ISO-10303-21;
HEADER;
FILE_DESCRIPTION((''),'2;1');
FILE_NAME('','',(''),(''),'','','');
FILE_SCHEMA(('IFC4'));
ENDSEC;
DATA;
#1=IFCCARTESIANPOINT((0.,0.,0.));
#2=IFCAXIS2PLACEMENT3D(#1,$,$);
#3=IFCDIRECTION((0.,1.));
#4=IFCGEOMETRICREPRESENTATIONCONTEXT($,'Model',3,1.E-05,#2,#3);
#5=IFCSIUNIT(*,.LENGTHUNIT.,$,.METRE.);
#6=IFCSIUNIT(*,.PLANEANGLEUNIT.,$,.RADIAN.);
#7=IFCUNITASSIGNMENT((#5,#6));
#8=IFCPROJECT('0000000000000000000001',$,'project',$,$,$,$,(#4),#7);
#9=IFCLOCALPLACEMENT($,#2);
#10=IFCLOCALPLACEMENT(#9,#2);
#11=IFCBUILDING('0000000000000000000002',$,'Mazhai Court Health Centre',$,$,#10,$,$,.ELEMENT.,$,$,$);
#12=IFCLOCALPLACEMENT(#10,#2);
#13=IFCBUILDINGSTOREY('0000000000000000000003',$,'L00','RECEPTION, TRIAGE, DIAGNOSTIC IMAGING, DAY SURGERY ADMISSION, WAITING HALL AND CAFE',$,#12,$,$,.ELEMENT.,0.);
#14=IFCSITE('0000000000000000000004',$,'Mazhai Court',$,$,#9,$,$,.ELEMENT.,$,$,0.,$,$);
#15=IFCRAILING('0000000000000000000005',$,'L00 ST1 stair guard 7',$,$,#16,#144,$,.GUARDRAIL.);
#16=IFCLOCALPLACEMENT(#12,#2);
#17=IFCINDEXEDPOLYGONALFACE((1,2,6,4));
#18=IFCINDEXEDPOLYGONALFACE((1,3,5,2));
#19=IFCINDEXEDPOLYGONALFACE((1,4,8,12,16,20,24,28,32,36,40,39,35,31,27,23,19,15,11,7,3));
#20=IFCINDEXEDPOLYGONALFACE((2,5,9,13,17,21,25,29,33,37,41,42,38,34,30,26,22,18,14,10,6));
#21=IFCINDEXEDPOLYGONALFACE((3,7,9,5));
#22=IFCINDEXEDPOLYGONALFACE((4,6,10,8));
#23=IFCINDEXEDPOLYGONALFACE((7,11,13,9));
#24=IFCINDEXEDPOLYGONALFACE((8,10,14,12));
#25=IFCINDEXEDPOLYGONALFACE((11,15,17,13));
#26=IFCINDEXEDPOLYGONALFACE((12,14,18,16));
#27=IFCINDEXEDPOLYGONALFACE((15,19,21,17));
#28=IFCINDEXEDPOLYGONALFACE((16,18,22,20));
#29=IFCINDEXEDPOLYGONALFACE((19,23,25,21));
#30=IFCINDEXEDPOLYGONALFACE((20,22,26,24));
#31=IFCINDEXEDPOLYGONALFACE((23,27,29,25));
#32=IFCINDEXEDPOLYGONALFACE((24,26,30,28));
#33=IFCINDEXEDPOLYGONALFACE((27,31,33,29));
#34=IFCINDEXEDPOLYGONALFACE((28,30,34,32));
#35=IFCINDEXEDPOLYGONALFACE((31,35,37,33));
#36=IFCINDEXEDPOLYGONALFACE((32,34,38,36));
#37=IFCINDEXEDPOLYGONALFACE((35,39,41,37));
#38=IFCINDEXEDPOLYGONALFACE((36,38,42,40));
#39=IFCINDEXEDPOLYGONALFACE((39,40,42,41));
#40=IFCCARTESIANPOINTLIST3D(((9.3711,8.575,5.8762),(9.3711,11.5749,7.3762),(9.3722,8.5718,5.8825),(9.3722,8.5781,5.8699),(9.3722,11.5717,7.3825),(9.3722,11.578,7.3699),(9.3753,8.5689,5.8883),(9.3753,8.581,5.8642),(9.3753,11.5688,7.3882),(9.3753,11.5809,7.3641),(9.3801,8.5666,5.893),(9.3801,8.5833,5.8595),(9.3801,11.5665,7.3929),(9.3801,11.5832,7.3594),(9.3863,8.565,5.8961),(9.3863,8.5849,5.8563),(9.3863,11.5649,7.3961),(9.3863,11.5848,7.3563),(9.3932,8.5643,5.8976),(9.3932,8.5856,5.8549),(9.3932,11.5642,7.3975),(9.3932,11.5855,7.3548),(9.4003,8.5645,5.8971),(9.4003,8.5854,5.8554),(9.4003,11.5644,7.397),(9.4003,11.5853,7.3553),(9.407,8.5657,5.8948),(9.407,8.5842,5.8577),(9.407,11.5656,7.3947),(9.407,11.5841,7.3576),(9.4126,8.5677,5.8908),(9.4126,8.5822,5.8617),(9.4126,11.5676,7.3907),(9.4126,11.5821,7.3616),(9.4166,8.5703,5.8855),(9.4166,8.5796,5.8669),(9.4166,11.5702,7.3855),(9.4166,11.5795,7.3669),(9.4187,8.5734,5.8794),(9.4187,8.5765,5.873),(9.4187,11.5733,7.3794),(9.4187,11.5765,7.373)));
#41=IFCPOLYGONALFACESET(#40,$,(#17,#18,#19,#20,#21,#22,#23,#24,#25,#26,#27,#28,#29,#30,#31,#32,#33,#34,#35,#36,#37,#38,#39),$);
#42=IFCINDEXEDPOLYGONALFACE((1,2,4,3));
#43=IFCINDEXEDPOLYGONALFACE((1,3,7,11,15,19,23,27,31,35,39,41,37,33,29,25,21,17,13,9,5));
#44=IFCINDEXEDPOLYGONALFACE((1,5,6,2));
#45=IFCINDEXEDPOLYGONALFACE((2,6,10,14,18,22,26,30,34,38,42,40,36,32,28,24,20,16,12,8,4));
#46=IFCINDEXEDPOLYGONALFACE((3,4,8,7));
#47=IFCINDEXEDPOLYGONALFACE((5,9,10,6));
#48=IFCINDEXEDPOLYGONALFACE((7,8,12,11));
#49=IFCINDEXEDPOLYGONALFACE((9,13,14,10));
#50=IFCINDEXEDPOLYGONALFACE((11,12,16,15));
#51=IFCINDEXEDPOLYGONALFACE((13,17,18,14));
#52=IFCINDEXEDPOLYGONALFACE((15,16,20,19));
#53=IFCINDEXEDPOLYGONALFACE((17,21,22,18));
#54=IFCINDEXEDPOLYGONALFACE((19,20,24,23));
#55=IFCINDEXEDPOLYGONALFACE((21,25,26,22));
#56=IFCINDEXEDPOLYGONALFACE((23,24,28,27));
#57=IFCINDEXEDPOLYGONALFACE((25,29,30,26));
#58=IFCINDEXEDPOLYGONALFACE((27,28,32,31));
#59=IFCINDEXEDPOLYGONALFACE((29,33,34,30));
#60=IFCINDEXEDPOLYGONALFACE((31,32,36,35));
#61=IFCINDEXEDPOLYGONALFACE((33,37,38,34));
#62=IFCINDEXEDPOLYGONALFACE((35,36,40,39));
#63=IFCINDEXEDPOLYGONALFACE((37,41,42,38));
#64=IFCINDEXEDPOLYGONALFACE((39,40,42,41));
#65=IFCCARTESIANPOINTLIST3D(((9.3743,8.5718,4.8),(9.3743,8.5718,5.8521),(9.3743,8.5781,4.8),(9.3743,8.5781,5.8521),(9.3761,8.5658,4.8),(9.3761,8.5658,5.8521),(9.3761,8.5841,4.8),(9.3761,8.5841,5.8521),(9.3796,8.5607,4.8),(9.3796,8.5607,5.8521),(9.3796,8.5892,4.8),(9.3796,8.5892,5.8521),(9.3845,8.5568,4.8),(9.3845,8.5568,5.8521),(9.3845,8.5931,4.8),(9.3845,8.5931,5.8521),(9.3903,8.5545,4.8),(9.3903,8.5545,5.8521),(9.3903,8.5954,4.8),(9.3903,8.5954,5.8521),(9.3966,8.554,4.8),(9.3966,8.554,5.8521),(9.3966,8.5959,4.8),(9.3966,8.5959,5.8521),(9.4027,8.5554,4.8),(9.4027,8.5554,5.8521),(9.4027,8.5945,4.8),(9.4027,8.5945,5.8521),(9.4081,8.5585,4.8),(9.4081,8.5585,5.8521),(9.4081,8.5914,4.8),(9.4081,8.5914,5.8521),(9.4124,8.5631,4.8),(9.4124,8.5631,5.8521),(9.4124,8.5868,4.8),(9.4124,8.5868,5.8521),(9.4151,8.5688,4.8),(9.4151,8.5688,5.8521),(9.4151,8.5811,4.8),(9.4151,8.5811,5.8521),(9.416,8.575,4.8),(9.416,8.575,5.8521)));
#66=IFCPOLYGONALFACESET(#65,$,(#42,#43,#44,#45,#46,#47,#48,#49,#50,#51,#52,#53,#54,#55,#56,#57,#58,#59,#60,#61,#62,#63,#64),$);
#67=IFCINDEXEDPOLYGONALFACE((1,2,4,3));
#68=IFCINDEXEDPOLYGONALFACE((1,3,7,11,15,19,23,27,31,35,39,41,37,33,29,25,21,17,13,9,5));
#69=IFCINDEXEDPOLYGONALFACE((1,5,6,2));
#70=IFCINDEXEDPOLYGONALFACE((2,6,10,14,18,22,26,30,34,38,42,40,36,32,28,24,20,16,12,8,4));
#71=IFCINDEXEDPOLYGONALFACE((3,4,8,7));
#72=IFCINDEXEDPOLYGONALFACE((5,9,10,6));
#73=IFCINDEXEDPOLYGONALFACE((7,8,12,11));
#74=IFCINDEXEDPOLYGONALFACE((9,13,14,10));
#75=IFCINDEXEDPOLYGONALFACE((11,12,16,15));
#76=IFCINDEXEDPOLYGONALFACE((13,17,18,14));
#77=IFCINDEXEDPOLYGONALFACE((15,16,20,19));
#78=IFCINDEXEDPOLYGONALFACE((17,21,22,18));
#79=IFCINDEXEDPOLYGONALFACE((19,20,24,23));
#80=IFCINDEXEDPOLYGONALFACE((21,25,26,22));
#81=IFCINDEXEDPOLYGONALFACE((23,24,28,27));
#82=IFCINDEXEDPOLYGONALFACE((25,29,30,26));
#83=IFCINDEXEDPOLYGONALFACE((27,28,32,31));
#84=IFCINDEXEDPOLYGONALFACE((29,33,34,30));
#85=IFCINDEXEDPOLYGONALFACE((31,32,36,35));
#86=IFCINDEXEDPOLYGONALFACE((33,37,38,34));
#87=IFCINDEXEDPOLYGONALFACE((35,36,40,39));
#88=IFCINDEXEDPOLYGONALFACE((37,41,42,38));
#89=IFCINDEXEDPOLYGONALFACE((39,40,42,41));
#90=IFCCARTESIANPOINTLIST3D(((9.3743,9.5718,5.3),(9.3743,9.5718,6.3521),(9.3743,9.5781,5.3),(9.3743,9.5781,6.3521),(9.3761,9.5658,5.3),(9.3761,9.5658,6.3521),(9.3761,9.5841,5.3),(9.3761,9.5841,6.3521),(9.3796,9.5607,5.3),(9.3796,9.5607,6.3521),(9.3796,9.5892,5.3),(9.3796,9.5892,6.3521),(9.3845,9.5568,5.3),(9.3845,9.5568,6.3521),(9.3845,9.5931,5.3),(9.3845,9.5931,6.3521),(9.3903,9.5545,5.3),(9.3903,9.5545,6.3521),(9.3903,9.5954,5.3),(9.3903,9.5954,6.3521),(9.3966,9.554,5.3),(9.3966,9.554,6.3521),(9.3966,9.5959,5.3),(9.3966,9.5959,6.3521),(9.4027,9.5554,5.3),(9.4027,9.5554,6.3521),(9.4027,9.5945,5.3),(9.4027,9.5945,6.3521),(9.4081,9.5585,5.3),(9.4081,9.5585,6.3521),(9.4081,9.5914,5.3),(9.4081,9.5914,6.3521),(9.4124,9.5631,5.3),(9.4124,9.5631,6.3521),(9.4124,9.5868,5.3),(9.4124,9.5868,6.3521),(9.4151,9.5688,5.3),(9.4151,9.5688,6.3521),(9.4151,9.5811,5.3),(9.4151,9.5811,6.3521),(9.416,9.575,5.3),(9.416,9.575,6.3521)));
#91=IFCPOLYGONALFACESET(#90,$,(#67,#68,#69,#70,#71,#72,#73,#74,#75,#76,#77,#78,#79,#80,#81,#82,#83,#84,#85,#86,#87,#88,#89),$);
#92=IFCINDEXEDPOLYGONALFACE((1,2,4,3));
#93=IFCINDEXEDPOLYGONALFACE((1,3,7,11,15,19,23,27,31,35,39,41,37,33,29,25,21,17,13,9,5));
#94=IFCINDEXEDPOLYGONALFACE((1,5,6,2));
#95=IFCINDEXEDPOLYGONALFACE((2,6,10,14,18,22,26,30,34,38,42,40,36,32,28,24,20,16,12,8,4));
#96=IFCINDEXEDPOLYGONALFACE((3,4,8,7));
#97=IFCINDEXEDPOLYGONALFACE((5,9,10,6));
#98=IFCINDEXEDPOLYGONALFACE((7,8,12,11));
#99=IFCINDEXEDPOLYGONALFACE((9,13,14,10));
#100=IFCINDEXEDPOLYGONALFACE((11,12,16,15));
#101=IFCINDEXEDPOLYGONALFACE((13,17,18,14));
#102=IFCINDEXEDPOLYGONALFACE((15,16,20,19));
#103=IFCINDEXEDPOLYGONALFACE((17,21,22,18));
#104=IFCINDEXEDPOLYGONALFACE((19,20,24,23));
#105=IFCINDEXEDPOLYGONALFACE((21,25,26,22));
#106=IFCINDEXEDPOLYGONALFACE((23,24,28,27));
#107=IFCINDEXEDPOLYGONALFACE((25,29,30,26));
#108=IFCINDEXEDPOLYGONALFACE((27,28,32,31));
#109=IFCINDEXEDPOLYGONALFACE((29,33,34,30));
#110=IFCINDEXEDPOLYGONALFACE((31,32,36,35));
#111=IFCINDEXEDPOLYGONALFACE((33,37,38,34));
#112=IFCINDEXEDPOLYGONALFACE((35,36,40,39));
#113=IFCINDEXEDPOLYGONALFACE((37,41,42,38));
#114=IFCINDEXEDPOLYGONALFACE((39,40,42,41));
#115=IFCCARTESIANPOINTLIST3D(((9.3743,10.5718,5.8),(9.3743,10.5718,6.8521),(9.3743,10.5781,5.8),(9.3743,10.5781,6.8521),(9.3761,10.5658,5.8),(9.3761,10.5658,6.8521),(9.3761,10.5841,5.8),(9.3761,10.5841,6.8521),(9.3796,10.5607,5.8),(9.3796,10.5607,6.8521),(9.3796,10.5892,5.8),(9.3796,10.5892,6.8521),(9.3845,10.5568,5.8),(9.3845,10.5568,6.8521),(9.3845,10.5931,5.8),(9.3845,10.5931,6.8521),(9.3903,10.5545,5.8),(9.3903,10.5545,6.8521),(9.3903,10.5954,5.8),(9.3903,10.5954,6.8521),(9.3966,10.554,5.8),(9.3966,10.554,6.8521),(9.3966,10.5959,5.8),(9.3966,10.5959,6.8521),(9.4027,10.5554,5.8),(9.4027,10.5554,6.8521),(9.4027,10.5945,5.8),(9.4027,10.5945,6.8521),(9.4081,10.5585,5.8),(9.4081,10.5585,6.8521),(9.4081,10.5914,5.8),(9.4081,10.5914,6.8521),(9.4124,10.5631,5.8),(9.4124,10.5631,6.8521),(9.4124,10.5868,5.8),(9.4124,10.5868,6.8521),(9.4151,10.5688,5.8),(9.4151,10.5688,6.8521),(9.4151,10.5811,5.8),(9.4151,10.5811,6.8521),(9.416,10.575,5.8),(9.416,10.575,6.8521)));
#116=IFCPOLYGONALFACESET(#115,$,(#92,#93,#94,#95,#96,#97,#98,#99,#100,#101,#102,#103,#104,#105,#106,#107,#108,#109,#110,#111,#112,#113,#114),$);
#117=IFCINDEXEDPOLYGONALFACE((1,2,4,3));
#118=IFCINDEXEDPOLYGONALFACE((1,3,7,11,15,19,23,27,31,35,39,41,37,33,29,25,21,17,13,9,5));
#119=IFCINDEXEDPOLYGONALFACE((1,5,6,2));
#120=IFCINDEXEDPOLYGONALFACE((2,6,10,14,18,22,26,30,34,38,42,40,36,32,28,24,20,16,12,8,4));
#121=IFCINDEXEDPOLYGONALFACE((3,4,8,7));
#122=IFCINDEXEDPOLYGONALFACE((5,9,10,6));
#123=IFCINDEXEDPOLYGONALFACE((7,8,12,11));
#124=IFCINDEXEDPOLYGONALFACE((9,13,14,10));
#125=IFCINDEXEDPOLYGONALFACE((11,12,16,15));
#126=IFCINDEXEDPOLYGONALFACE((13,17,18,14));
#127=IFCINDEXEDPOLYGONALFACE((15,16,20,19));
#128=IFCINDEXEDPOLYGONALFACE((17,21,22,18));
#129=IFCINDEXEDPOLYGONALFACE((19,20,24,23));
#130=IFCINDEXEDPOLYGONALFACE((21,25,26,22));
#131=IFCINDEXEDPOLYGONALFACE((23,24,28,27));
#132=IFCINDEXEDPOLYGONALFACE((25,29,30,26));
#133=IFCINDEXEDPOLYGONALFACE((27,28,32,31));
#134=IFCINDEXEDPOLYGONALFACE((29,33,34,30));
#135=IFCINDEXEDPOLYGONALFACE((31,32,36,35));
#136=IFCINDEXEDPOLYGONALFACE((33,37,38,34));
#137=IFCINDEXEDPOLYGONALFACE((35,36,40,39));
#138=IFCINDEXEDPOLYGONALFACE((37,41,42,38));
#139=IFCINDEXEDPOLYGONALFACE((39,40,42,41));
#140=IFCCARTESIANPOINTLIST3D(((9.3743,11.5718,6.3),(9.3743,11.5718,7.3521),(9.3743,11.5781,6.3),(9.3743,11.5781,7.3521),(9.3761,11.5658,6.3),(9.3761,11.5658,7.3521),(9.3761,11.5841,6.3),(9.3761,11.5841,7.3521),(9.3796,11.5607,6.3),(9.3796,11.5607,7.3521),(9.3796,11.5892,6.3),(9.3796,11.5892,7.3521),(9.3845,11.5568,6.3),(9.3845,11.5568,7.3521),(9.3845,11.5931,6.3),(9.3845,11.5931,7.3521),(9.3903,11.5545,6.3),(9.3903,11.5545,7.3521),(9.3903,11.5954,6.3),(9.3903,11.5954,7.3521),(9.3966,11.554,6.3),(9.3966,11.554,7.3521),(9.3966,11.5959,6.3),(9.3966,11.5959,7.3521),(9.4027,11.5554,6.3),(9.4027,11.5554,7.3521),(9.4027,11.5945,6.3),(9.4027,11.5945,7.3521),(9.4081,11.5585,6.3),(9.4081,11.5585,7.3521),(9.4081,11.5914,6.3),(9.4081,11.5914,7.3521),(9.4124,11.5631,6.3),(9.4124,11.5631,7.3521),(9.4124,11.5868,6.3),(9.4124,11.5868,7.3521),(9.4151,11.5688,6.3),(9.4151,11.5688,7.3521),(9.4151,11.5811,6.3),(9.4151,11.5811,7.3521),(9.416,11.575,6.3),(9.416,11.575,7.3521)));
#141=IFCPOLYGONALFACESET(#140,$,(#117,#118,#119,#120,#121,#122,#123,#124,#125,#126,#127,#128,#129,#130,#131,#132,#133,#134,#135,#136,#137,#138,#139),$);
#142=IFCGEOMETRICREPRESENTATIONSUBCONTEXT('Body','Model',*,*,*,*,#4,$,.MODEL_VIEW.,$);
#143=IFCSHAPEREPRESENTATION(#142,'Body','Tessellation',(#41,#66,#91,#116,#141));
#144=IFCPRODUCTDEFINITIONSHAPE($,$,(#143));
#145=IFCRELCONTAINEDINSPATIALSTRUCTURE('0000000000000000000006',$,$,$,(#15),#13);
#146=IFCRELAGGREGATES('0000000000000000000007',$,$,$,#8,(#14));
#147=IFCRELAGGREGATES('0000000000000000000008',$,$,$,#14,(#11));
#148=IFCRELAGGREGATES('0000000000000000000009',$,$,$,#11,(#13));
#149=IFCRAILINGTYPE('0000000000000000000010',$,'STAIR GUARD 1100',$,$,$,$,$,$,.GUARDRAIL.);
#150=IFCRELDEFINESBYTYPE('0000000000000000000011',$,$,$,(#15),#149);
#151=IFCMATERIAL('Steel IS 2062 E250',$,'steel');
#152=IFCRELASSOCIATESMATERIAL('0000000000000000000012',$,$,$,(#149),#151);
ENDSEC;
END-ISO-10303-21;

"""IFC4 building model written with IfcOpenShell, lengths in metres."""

from ifc_helpers import new_model, si_unit, direction, frame, origin, origin_2d, place, context, subcontext, project, spatial, circle, extrude, material, type_object, element, save


model = new_model("IFC4")

# Units and contexts
model_context = context("Model", 3, precision=1e-05, world=origin(), true_north=direction((0.0, 1.0)))
body_context = subcontext(model_context, "Body", "Model", "MODEL_VIEW")
ifc_project = project(units=[si_unit("LENGTHUNIT", "METRE"), si_unit("PLANEANGLEUNIT", "RADIAN")], contexts=[model_context])

# Site, building, storey
site_placement = place(None, origin())
site = spatial("IfcSite", under=ifc_project, at=site_placement, Name="Mazhai Court", CompositionType="ELEMENT", RefElevation=0.0)
building_placement = place(site_placement, origin())
building = spatial("IfcBuilding", under=site, at=building_placement, Name="Mazhai Court Health Centre", CompositionType="ELEMENT")
storey_placement = place(building_placement, origin())
storey = spatial("IfcBuildingStorey", under=building, at=storey_placement, Name="L00", Description="RECEPTION, TRIAGE, DIAGNOSTIC IMAGING, DAY SURGERY ADMISSION, WAITING HALL AND CAFE", CompositionType="ELEMENT", Elevation=0.0)

# Railing
ifc_material_1 = material(Name="Steel IS 2062 E250", Category="steel")
railing_type_1 = type_object("IfcRailingType", Name="STAIR GUARD 1100", PredefinedType="GUARDRAIL", material=ifc_material_1)
railing_1_placement = place(storey_placement, frame((9.395, 8.575, 4.8)))
element("IfcRailing", 1, at=railing_1_placement, inside=storey, type_object=railing_type_1, Name="L00 ST1 stair guard 7", PredefinedType="GUARDRAIL", context=body_context, shape_type="SweptSolid", body=[
    extrude(circle(Radius=0.0239, at=origin_2d()), frame((0.0, 0.0, 1.0762), z_axis=(0.0, 0.894427, 0.447214), x_axis=(-1.0, 0.0, 0.0)), (0.0, 0.0, 1.0), 3.354),
    extrude(circle(Radius=0.021, at=origin_2d()), origin(), (0.0, 0.0, 1.0), 1.052),
    extrude(circle(Radius=0.021, at=origin_2d()), frame((0.0, 1.0, 0.5)), (0.0, 0.0, 1.0), 1.052),
    extrude(circle(Radius=0.021, at=origin_2d()), frame((0.0, 2.0, 1.0)), (0.0, 0.0, 1.0), 1.052),
    extrude(circle(Radius=0.021, at=origin_2d()), frame((0.0, 3.0, 1.5)), (0.0, 0.0, 1.0), 1.052),
])

save(model, "model.ifc")
